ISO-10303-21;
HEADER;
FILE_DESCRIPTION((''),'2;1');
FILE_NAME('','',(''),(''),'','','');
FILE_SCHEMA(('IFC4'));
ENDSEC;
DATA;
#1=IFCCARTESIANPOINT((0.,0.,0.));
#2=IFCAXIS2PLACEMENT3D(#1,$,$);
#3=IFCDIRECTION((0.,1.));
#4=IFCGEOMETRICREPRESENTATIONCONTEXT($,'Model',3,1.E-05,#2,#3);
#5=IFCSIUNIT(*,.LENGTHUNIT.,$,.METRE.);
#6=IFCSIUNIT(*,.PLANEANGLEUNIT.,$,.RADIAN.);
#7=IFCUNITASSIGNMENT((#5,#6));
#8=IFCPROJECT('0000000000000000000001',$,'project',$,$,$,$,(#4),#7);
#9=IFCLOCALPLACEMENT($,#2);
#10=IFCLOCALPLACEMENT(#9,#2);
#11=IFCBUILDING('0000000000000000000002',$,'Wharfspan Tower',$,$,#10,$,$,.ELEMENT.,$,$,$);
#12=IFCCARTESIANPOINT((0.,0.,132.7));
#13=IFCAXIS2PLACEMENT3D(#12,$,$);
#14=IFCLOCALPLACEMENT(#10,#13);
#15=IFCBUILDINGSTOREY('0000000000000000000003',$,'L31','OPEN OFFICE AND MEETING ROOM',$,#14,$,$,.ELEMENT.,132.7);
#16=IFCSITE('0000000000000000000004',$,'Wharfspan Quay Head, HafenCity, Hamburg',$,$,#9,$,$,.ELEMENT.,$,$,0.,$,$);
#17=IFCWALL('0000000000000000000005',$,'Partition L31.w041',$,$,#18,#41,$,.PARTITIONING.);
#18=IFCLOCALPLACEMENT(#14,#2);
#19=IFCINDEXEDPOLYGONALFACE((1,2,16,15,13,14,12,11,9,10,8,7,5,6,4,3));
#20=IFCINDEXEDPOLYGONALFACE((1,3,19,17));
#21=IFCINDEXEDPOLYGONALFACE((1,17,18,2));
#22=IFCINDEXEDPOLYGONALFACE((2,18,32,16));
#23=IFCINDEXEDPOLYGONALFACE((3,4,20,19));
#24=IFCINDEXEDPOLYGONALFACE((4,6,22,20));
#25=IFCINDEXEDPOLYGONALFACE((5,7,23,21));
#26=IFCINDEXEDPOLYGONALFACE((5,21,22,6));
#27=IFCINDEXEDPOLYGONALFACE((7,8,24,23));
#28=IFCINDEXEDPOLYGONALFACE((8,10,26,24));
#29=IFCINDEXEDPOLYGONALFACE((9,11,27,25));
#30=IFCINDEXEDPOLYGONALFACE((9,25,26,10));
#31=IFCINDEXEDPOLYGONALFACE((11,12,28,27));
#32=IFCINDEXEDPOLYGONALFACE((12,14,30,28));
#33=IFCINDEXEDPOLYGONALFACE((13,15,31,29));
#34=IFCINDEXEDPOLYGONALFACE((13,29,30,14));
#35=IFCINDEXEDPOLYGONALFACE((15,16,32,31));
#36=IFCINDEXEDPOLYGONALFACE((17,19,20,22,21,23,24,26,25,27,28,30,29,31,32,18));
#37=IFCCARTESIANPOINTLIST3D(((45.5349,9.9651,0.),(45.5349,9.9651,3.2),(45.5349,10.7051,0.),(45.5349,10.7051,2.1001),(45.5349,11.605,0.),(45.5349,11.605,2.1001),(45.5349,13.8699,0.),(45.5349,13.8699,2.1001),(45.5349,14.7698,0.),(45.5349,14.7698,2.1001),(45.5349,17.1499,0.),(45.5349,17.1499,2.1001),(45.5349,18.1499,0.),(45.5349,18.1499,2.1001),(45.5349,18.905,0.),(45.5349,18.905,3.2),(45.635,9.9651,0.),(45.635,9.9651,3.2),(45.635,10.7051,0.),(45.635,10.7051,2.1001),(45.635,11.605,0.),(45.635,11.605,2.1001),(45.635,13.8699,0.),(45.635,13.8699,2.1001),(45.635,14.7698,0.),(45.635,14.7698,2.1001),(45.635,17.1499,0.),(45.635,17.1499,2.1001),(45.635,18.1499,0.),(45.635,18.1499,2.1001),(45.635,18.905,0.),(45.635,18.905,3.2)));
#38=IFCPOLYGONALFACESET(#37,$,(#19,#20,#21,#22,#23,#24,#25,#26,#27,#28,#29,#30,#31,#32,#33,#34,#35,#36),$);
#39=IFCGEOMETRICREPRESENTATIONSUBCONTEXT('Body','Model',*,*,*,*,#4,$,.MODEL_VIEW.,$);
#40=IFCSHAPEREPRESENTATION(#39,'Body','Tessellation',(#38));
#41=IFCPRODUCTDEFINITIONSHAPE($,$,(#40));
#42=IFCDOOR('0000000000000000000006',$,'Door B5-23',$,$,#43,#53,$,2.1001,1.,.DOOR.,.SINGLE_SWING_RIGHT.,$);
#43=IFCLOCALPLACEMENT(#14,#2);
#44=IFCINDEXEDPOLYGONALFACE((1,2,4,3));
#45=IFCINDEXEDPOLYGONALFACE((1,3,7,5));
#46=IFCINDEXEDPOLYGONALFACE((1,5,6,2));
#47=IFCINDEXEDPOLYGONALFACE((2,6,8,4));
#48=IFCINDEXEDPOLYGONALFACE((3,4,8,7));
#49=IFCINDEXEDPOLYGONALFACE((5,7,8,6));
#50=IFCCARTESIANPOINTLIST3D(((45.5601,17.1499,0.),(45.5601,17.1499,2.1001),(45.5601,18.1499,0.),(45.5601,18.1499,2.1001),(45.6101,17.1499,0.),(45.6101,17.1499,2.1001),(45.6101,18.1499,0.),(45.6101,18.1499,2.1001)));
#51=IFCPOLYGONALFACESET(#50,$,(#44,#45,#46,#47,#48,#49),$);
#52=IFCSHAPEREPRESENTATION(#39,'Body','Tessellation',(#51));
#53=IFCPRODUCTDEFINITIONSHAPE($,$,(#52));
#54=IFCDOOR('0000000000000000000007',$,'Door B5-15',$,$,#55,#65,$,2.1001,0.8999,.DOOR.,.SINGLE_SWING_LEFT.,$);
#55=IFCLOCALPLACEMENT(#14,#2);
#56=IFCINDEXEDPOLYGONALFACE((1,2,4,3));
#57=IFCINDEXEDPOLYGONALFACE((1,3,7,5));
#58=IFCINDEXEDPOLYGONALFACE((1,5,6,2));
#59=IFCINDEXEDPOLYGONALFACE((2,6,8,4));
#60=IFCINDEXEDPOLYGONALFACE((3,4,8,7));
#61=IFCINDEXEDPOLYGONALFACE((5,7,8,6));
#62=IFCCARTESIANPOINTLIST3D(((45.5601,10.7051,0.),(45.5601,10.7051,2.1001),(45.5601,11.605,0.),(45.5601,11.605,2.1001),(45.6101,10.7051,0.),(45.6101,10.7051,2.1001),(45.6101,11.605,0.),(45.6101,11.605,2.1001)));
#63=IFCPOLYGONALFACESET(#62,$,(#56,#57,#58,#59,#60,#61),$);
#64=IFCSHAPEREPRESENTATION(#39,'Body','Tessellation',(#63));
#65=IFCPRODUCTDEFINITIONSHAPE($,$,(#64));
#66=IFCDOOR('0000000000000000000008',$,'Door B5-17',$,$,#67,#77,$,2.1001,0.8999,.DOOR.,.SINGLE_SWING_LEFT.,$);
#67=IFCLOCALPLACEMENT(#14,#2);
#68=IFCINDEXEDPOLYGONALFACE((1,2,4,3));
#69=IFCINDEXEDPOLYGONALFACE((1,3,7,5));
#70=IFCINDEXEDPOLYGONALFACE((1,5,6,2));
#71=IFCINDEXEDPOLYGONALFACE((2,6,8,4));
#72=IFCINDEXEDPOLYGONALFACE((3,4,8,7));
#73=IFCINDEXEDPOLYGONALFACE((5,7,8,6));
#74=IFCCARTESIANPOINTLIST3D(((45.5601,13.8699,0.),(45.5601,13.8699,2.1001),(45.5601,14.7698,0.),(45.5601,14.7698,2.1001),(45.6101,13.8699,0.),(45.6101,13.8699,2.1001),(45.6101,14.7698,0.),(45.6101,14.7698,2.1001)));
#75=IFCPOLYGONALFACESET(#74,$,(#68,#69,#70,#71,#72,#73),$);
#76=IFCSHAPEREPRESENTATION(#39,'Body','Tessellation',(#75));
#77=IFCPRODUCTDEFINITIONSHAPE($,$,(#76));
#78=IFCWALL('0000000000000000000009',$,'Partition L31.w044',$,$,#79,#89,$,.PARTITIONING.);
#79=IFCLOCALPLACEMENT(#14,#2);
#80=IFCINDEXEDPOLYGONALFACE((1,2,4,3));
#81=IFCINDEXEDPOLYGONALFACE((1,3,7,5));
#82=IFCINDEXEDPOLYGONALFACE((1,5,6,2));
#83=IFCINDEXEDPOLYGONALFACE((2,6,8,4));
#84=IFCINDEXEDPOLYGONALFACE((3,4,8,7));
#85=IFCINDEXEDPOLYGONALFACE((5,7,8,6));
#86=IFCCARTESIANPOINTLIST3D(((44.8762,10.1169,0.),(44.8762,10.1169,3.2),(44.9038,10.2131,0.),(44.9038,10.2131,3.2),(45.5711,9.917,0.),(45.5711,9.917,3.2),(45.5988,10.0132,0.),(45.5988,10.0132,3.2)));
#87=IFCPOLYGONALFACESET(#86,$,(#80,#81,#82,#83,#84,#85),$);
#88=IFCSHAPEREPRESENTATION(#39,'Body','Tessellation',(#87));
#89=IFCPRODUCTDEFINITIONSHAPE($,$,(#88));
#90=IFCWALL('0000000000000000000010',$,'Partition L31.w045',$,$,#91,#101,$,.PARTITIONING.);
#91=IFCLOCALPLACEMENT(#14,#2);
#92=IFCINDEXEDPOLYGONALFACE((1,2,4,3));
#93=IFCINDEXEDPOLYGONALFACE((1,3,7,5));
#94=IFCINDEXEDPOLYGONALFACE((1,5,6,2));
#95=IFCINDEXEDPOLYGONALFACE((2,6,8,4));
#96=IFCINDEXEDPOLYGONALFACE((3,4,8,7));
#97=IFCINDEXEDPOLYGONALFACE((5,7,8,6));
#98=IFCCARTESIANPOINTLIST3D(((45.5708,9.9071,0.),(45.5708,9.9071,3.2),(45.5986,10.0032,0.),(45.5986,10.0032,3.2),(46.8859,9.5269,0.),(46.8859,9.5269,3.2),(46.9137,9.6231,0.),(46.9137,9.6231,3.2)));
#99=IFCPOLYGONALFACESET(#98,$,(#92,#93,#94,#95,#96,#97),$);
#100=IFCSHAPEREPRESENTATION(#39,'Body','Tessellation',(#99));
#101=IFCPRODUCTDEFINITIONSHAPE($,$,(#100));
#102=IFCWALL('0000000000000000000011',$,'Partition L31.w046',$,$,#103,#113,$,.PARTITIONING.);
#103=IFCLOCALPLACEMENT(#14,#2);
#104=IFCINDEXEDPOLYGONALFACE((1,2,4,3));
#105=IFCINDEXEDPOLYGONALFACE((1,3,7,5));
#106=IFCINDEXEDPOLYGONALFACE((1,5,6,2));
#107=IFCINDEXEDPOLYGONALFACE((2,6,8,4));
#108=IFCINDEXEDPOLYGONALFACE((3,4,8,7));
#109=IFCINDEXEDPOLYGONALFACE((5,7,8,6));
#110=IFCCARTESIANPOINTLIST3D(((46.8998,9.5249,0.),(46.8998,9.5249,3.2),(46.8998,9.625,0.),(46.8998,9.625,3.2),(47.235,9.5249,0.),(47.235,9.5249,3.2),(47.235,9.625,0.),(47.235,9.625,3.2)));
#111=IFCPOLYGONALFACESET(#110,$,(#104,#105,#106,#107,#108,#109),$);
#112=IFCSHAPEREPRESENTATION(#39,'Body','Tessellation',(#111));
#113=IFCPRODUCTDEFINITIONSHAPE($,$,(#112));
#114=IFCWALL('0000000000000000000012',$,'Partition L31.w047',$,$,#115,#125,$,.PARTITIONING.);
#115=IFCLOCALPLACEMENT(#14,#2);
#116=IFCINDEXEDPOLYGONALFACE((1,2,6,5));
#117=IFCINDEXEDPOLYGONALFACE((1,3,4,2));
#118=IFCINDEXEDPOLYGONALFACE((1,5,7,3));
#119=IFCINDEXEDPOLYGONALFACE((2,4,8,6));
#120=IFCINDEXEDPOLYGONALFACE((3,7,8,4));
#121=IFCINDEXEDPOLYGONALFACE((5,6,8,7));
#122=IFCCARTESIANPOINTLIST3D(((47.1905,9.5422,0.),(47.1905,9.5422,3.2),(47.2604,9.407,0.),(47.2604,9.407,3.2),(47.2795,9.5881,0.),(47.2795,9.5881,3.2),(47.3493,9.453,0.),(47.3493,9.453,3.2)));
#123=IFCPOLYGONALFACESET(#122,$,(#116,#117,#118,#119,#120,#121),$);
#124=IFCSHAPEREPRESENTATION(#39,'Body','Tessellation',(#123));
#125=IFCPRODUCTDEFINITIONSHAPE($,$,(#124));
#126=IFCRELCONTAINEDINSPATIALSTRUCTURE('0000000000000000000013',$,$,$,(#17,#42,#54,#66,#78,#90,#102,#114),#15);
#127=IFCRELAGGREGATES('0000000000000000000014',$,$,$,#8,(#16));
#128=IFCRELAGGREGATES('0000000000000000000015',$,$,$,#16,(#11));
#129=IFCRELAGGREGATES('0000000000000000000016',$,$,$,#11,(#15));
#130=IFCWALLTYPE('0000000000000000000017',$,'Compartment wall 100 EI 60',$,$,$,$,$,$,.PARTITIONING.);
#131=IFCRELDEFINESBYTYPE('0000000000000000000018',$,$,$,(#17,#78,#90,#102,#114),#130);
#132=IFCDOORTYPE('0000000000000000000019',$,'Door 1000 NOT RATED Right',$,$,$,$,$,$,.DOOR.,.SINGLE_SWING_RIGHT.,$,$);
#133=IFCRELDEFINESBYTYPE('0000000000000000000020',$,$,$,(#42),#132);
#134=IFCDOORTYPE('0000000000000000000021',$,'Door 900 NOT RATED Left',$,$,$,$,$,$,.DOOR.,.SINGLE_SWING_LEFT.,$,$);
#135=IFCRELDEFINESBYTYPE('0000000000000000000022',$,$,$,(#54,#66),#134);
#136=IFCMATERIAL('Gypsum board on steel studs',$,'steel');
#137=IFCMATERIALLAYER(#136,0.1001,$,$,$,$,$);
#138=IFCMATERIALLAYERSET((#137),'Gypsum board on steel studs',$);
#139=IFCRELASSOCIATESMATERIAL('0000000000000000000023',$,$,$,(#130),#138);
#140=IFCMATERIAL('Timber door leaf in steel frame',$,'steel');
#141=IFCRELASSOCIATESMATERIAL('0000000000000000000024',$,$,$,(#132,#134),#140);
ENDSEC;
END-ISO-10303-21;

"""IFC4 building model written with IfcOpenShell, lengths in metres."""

from ifc_helpers import new_model, si_unit, direction, frame, frame_2d, origin, place, context, subcontext, project, spatial, rectangle, extrude, material, layer, layer_set, type_object, element, fill, save


model = new_model("IFC4")

# Units and contexts
model_context = context("Model", 3, precision=1e-05, world=origin(), true_north=direction((0.0, 1.0)))
body_context = subcontext(model_context, "Body", "Model", "MODEL_VIEW")
ifc_project = project(units=[si_unit("LENGTHUNIT", "METRE"), si_unit("PLANEANGLEUNIT", "RADIAN")], contexts=[model_context])

# Site, building, storey
site_placement = place(None, origin())
site = spatial("IfcSite", under=ifc_project, at=site_placement, Name="Wharfspan Quay Head, HafenCity, Hamburg", CompositionType="ELEMENT", RefElevation=0.0)
building_placement = place(site_placement, origin())
building = spatial("IfcBuilding", under=site, at=building_placement, Name="Wharfspan Tower", CompositionType="ELEMENT")
storey_placement = place(building_placement, frame((0.0, 0.0, 132.7)))
storey = spatial("IfcBuildingStorey", under=building, at=storey_placement, Name="L31", Description="OPEN OFFICE AND MEETING ROOM", CompositionType="ELEMENT", Elevation=132.7)

# Shared definitions
ifc_material_1 = material(Name="Gypsum board on steel studs", Category="steel")
ifc_layer = layer(ifc_material_1, 0.1001)
ifc_layer_set = layer_set([ifc_layer], Name="Gypsum board on steel studs")
wall_type = type_object("IfcWallType", Name="Compartment wall 100 EI 60", PredefinedType="PARTITIONING", material=ifc_layer_set)

# Wall, openings, doors
wall_1_placement = place(storey_placement, frame((45.585, 9.9651, 0.0), z_axis=(0.0, 0.0, 1.0), x_axis=(0.0, 1.0, 0.0)))
wall_1 = element("IfcWall", 1, at=wall_1_placement, inside=storey, type_object=wall_type, Name="Partition L31.w041", PredefinedType="PARTITIONING", context=body_context, shape_type="SweptSolid", body=[
    extrude(rectangle(XDim=8.9399, YDim=0.1001, at=frame_2d((4.47, 0.0))), origin(), (0.0, 0.0, 1.0), 3.2),
])
opening_1_placement = place(wall_1_placement, frame((0.74, 0.0, 0.0)))
opening_1 = element("IfcOpeningElement", 2, at=opening_1_placement, cuts=wall_1, PredefinedType="OPENING", context=body_context, shape_type="SweptSolid", body=[
    extrude(rectangle(XDim=0.8999, YDim=2.1001, at=frame_2d((0.45, 1.05))), frame((0.0, 0.0601, 0.0), z_axis=(0.0, -1.0, 0.0), x_axis=(1.0, 0.0, 0.0)), (0.0, 0.0, 1.0), 0.1201),
])
opening_2_placement = place(wall_1_placement, frame((3.9048, 0.0, 0.0)))
opening_2 = element("IfcOpeningElement", 3, at=opening_2_placement, cuts=wall_1, PredefinedType="OPENING", context=body_context, shape_type="SweptSolid", body=[
    extrude(rectangle(XDim=0.8999, YDim=2.1001, at=frame_2d((0.45, 1.05))), frame((0.0, 0.0601, 0.0), z_axis=(0.0, -1.0, 0.0), x_axis=(1.0, 0.0, 0.0)), (0.0, 0.0, 1.0), 0.1201),
])
opening_3_placement = place(wall_1_placement, frame((7.1848, 0.0, 0.0)))
opening_3 = element("IfcOpeningElement", 4, at=opening_3_placement, cuts=wall_1, PredefinedType="OPENING", context=body_context, shape_type="SweptSolid", body=[
    extrude(rectangle(XDim=1.0, YDim=2.1001, at=frame_2d((0.5, 1.05))), frame((0.0, 0.0601, 0.0), z_axis=(0.0, -1.0, 0.0), x_axis=(1.0, 0.0, 0.0)), (0.0, 0.0, 1.0), 0.1201),
])
ifc_material_2 = material(Name="Timber door leaf in steel frame", Category="steel")
door_type_1 = type_object("IfcDoorType", Name="Door 1000 NOT RATED Right", OperationType="SINGLE_SWING_RIGHT", PredefinedType="DOOR", material=ifc_material_2)
door_1_placement = place(opening_3_placement, origin())
door_1 = element("IfcDoor", 5, at=door_1_placement, inside=storey, type_object=door_type_1, Name="Door B5-23", OperationType="SINGLE_SWING_RIGHT", OverallHeight=2.1001, OverallWidth=1.0, PredefinedType="DOOR", context=body_context, shape_type="SweptSolid", body=[
    extrude(rectangle(XDim=1.0, YDim=2.1001, at=frame_2d((0.5, 1.05))), frame((0.0, 0.0249, 0.0), z_axis=(0.0, -1.0, 0.0), x_axis=(1.0, 0.0, 0.0)), (0.0, 0.0, 1.0), 0.05),
])
fill(opening_3, door_1)
door_type_2 = type_object("IfcDoorType", Name="Door 900 NOT RATED Left", OperationType="SINGLE_SWING_LEFT", PredefinedType="DOOR", material=ifc_material_2)
door_2_placement = place(opening_1_placement, origin())
door_2 = element("IfcDoor", 6, at=door_2_placement, inside=storey, type_object=door_type_2, Name="Door B5-15", OperationType="SINGLE_SWING_LEFT", OverallHeight=2.1001, OverallWidth=0.8999, PredefinedType="DOOR", context=body_context, shape_type="SweptSolid", body=[
    extrude(rectangle(XDim=0.8999, YDim=2.1001, at=frame_2d((0.45, 1.05))), frame((0.0, 0.0249, 0.0), z_axis=(0.0, -1.0, 0.0), x_axis=(1.0, 0.0, 0.0)), (0.0, 0.0, 1.0), 0.05),
])
fill(opening_1, door_2)
door_3_placement = place(opening_2_placement, origin())
door_3 = element("IfcDoor", 7, at=door_3_placement, inside=storey, type_object=door_type_2, Name="Door B5-17", OperationType="SINGLE_SWING_LEFT", OverallHeight=2.1001, OverallWidth=0.8999, PredefinedType="DOOR", context=body_context, shape_type="SweptSolid", body=[
    extrude(rectangle(XDim=0.8999, YDim=2.1001, at=frame_2d((0.45, 1.05))), frame((0.0, 0.0249, 0.0), z_axis=(0.0, -1.0, 0.0), x_axis=(1.0, 0.0, 0.0)), (0.0, 0.0, 1.0), 0.05),
])
fill(opening_2, door_3)

# Walls
wall_2_placement = place(storey_placement, frame((45.585, 9.9651, 0.0), z_axis=(0.0, 0.0, 1.0), x_axis=(-0.961024, 0.276459, 0.0)))
element("IfcWall", 8, at=wall_2_placement, inside=storey, type_object=wall_type, Name="Partition L31.w044", PredefinedType="PARTITIONING", context=body_context, shape_type="SweptSolid", body=[
    extrude(rectangle(XDim=0.7231, YDim=0.1001, at=frame_2d((0.3616, 0.0))), origin(), (0.0, 0.0, 1.0), 3.2),
])
wall_3_placement = place(storey_placement, frame((46.8999, 9.575, 0.0), z_axis=(0.0, 0.0, 1.0), x_axis=(-0.960666, 0.277712, 0.0)))
element("IfcWall", 9, at=wall_3_placement, inside=storey, type_object=wall_type, Name="Partition L31.w045", PredefinedType="PARTITIONING", context=body_context, shape_type="SweptSolid", body=[
    extrude(rectangle(XDim=1.3689, YDim=0.1001, at=frame_2d((0.6846, 0.0))), origin(), (0.0, 0.0, 1.0), 3.2),
])
wall_4_placement = place(storey_placement, frame((46.8999, 9.575, 0.0), z_axis=(0.0, 0.0, 1.0), x_axis=(1.0, 0.0, 0.0)))
element("IfcWall", 10, at=wall_4_placement, inside=storey, type_object=wall_type, Name="Partition L31.w046", PredefinedType="PARTITIONING", context=body_context, shape_type="SweptSolid", body=[
    extrude(rectangle(XDim=0.3352, YDim=0.1001, at=frame_2d((0.1675, 0.0))), origin(), (0.0, 0.0, 1.0), 3.2),
])
wall_5_placement = place(storey_placement, frame((47.3049, 9.4299, 0.0), z_axis=(0.0, 0.0, 1.0), x_axis=(-0.459377, 0.888236, 0.0)))
element("IfcWall", 11, at=wall_5_placement, inside=storey, type_object=wall_type, Name="Partition L31.w047", PredefinedType="PARTITIONING", context=body_context, shape_type="SweptSolid", body=[
    extrude(rectangle(XDim=0.1521, YDim=0.1001, at=frame_2d((0.0762, 0.0))), origin(), (0.0, 0.0, 1.0), 3.2),
])

save(model, "model.ifc")
